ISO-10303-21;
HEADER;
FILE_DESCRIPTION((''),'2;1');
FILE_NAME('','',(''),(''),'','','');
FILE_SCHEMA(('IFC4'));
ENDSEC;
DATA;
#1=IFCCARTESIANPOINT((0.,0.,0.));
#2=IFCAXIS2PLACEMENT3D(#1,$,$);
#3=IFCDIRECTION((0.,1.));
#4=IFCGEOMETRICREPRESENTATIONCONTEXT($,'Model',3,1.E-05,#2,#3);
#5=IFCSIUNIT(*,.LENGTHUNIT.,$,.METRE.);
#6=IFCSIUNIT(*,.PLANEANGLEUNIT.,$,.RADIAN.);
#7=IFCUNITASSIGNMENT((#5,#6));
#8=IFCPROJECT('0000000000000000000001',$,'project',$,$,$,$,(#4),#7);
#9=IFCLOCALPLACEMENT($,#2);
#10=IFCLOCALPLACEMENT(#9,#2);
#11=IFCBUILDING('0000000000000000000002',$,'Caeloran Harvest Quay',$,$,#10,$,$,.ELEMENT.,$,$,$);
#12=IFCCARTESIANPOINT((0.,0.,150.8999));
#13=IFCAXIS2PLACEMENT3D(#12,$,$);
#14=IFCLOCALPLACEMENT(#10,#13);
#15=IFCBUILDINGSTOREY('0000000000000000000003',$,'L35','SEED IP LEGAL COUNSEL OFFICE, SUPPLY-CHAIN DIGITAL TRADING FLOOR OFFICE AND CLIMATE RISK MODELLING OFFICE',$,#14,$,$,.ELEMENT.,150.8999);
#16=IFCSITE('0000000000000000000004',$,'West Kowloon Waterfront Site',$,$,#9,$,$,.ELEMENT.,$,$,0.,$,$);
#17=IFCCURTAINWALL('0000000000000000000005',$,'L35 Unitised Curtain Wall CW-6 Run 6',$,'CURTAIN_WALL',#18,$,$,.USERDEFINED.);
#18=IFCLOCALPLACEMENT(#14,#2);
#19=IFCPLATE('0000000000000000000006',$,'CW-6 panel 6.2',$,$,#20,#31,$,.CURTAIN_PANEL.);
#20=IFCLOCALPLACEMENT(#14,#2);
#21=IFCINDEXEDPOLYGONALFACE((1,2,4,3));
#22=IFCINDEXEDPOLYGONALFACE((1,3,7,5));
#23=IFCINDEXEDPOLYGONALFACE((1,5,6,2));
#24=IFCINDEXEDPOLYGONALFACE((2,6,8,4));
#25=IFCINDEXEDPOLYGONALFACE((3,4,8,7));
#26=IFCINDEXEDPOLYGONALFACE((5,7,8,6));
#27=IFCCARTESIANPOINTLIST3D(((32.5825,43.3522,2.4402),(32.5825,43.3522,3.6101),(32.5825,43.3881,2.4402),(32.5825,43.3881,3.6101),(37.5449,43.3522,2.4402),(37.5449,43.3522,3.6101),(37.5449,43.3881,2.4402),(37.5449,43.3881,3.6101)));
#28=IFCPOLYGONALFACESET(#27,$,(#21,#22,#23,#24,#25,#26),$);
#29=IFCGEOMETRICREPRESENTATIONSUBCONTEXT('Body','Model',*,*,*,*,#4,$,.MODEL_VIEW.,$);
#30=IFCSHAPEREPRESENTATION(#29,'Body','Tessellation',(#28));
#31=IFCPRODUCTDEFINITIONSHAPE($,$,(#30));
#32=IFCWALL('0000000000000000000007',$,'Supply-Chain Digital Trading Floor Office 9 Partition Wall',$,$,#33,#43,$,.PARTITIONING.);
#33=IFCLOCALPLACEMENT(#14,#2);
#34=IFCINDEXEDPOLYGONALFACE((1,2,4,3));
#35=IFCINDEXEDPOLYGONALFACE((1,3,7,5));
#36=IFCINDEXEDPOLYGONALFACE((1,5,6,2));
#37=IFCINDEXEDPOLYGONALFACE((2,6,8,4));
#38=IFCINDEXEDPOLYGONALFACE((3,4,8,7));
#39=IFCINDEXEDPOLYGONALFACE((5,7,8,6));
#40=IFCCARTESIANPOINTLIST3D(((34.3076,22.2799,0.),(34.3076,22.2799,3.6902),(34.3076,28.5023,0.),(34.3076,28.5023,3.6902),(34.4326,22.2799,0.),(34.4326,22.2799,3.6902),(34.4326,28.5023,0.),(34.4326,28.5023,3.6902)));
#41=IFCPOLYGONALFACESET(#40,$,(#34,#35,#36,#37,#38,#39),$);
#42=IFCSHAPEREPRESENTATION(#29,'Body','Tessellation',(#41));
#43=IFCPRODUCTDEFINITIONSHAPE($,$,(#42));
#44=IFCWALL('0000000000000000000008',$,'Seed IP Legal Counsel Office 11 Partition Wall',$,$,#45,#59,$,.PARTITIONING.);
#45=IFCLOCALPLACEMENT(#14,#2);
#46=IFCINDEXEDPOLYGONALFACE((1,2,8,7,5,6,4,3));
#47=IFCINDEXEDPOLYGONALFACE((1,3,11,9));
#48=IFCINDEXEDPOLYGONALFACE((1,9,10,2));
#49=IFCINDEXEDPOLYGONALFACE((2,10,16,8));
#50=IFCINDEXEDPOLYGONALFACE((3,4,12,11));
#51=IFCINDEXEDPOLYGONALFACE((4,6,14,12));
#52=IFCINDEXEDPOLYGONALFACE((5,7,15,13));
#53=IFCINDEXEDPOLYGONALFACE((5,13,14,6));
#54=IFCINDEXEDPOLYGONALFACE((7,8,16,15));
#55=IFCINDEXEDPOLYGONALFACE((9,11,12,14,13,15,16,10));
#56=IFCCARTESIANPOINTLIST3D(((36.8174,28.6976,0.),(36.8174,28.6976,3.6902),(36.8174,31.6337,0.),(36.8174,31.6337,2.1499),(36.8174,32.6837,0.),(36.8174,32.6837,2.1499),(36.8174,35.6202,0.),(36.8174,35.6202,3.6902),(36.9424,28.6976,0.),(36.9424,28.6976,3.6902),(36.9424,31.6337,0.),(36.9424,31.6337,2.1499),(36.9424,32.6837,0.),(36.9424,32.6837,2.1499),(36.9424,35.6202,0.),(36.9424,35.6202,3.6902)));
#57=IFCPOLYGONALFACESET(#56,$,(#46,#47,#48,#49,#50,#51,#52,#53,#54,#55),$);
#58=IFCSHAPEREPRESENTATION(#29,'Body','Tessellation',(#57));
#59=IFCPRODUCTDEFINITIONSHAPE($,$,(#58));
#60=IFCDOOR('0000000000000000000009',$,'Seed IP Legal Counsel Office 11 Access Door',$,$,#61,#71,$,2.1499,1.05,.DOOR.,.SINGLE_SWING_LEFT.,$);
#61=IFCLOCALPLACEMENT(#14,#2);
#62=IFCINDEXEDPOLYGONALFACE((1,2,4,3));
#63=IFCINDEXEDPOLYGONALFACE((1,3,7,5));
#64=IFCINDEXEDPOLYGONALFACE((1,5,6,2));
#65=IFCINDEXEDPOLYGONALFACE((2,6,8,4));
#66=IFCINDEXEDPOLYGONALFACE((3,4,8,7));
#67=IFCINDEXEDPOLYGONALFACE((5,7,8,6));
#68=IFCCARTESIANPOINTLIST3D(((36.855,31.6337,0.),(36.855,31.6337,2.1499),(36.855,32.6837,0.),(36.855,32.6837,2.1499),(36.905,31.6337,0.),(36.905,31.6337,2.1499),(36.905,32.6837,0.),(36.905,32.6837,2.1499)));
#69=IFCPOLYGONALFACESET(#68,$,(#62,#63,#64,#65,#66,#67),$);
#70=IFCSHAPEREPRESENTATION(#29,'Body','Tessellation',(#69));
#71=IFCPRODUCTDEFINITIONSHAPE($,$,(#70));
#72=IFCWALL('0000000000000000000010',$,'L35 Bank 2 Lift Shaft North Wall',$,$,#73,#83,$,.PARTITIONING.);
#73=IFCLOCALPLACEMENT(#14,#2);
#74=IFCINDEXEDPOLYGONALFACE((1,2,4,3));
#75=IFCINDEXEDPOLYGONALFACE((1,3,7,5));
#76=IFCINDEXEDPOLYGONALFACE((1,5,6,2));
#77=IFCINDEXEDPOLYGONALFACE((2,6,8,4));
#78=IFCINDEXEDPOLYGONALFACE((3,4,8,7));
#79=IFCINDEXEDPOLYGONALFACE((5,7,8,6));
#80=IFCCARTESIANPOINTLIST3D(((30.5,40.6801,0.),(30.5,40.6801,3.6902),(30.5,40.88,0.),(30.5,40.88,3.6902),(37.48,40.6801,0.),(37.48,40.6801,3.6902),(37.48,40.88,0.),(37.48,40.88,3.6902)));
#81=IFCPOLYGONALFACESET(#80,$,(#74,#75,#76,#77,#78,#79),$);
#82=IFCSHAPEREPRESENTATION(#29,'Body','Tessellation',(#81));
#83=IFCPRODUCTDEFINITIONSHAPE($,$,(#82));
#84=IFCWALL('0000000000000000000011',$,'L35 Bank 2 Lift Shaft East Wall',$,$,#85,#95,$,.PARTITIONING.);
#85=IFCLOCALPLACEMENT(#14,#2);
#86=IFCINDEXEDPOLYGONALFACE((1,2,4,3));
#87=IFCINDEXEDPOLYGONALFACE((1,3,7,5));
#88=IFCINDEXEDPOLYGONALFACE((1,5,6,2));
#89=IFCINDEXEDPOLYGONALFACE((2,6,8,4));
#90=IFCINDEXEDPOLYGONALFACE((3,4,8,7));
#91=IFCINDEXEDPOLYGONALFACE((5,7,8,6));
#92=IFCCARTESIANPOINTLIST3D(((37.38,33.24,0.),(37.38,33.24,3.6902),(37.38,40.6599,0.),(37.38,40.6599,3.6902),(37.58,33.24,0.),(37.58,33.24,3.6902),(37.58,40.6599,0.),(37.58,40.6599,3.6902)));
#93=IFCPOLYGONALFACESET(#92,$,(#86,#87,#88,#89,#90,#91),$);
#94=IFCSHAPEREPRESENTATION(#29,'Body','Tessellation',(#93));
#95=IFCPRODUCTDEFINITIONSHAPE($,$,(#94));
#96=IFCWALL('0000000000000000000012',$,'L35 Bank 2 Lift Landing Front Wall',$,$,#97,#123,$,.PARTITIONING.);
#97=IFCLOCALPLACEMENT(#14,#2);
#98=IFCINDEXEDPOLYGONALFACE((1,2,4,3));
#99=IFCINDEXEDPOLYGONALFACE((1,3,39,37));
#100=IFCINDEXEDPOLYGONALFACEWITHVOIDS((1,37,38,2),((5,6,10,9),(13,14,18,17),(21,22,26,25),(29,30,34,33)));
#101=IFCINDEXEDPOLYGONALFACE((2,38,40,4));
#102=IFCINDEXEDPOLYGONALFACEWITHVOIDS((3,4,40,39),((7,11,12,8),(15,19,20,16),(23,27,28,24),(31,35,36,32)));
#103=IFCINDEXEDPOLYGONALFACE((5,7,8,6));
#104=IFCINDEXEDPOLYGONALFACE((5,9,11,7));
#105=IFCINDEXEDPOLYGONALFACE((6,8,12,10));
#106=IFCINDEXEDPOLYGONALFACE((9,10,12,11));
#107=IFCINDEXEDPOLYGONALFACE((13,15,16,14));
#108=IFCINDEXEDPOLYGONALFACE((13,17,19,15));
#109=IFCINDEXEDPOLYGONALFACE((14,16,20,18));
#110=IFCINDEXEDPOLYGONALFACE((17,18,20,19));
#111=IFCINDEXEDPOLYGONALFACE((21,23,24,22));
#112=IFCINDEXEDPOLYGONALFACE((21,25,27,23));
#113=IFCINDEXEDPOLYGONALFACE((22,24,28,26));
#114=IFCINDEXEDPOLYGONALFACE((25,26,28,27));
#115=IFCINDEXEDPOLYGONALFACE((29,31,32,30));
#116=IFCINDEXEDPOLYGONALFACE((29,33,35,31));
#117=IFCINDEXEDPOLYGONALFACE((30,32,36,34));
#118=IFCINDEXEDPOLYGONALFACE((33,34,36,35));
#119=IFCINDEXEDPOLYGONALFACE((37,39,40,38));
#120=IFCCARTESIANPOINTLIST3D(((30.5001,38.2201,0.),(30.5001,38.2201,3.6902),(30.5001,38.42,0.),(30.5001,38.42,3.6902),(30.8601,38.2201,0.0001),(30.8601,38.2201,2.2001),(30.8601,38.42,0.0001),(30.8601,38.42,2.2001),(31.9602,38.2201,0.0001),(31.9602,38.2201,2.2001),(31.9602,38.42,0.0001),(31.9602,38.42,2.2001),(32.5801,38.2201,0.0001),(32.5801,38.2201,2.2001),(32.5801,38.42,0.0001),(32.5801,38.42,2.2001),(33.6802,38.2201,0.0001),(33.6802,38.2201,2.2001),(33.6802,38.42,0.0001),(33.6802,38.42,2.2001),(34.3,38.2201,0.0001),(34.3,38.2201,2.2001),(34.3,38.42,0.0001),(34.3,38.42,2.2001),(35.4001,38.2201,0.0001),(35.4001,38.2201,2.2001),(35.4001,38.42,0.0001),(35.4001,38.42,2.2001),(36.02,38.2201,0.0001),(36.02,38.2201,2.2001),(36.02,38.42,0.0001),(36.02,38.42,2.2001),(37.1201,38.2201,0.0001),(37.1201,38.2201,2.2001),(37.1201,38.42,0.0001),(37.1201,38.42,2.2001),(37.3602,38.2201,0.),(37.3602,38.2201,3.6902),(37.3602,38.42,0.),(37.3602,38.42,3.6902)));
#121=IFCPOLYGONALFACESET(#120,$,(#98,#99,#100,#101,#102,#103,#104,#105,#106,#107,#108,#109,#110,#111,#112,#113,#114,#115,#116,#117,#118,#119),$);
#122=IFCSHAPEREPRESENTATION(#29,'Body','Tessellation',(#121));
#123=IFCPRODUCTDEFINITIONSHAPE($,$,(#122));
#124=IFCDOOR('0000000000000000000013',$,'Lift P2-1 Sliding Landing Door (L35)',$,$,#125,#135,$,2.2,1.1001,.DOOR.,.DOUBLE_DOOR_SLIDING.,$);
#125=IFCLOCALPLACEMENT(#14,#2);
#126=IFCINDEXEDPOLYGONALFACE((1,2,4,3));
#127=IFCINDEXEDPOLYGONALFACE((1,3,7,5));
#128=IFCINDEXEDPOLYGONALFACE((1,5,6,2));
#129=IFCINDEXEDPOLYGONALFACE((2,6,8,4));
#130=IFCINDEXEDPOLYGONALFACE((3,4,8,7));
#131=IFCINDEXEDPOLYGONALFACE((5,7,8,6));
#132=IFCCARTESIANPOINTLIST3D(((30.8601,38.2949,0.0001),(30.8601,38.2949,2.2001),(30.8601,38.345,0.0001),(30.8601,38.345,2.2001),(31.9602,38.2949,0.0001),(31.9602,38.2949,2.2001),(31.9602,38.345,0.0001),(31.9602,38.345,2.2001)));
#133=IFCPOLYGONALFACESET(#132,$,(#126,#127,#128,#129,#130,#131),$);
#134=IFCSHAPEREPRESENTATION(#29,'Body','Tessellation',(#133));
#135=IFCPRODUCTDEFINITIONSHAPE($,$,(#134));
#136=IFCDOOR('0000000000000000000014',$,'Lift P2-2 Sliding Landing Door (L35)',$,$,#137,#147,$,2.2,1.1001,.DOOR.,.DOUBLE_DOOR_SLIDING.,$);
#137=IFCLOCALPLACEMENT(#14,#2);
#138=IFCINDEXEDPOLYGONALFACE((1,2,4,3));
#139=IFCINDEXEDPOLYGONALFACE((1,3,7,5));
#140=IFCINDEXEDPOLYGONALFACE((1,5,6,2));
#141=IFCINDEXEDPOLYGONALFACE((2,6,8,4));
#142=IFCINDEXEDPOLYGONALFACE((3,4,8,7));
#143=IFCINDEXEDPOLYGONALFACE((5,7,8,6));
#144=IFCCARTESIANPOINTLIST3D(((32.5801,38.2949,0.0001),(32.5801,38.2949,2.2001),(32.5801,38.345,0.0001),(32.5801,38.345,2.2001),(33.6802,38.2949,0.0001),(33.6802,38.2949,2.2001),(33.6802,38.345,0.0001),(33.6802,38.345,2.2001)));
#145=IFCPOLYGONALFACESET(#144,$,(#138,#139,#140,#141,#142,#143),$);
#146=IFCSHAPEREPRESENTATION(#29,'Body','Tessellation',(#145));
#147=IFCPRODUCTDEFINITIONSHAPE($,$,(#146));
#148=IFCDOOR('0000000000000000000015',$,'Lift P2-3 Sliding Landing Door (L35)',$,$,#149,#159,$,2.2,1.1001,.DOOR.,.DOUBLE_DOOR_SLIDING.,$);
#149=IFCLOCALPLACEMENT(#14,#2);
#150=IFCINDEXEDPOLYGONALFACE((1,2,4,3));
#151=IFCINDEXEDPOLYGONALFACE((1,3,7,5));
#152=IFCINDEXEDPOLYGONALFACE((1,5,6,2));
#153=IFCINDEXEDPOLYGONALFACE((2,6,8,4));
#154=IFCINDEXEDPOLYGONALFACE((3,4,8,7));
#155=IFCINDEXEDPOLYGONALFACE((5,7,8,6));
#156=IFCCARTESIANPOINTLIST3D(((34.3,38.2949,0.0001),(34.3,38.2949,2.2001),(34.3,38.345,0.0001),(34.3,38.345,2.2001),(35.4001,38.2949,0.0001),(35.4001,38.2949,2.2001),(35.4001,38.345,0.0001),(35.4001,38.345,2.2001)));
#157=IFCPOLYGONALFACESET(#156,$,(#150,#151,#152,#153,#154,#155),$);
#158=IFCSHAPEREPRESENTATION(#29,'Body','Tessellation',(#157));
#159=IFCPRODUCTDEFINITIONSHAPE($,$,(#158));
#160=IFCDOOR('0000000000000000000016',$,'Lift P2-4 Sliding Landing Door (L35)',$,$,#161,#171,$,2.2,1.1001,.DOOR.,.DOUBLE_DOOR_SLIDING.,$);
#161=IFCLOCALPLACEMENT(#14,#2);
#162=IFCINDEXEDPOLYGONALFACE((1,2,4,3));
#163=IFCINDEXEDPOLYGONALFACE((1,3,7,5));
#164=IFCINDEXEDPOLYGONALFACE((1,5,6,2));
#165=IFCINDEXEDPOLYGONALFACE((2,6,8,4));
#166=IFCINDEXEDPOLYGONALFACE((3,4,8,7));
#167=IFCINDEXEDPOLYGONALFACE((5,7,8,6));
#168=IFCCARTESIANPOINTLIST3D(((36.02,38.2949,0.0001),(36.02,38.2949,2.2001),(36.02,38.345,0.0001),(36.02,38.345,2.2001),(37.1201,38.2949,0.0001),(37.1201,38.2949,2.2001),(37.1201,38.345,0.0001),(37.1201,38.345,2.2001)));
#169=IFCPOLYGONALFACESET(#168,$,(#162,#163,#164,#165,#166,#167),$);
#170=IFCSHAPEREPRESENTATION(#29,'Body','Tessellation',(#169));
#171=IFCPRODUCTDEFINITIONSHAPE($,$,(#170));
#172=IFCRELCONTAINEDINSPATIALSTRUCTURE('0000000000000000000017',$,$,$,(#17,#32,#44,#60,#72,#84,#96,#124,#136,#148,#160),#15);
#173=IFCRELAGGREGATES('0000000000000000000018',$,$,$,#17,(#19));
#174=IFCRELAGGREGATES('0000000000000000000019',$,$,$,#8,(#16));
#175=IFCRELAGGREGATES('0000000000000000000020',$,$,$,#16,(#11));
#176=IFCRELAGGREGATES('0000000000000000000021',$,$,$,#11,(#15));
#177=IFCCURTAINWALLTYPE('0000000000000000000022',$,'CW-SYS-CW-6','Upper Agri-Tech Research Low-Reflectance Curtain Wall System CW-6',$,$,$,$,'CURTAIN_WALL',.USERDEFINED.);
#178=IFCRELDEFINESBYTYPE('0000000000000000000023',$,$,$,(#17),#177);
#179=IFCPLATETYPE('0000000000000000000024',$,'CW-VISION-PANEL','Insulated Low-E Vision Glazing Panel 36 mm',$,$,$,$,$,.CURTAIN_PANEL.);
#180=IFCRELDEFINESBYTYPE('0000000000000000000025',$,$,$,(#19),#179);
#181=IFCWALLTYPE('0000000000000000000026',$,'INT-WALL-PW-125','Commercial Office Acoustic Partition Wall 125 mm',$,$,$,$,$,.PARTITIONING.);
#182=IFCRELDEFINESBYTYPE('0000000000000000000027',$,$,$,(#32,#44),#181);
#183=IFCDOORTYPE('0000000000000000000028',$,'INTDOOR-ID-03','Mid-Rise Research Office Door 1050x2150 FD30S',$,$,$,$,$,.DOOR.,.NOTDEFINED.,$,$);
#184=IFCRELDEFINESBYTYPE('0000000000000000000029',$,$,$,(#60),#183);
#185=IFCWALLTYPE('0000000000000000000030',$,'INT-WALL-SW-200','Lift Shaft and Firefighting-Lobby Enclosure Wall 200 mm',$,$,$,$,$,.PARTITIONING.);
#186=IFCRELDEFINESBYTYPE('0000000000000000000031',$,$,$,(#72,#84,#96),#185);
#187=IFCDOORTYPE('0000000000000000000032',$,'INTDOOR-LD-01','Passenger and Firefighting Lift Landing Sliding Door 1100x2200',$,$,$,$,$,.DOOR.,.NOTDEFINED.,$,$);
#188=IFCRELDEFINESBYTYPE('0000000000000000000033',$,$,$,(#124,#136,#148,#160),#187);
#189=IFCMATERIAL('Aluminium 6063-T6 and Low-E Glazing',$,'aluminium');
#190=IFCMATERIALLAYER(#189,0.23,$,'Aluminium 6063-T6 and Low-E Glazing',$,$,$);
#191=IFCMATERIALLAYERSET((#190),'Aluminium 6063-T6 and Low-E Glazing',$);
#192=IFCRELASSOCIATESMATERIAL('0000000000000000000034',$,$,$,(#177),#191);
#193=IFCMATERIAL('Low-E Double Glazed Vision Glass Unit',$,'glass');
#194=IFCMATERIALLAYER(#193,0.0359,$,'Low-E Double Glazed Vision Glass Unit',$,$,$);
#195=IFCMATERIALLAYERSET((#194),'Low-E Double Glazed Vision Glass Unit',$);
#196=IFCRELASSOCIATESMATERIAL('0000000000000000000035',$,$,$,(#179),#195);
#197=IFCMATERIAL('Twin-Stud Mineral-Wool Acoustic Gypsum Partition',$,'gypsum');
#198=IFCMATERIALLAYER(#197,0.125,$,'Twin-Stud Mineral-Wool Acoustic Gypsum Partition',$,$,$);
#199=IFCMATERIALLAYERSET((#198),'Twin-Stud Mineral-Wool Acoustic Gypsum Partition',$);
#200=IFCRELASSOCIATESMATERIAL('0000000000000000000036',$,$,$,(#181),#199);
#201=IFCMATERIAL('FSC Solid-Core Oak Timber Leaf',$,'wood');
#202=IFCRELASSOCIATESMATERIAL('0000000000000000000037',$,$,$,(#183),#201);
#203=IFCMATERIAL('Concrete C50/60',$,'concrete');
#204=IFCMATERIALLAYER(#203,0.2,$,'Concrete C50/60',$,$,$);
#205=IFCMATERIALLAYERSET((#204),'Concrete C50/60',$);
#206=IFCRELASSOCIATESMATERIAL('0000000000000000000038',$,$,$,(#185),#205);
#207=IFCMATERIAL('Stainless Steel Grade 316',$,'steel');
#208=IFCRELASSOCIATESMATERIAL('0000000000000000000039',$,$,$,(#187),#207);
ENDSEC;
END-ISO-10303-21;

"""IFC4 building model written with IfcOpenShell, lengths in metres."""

from ifc_helpers import new_model, si_unit, direction, frame, frame_2d, origin, origin_2d, place, context, subcontext, project, spatial, rectangle, extrude, material, layer, layer_set, type_object, element, fill, aggregate, save


model = new_model("IFC4")

# Units and contexts
model_context = context("Model", 3, precision=1e-05, world=origin(), true_north=direction((0.0, 1.0)))
body_context = subcontext(model_context, "Body", "Model", "MODEL_VIEW")
ifc_project = project(units=[si_unit("LENGTHUNIT", "METRE"), si_unit("PLANEANGLEUNIT", "RADIAN")], contexts=[model_context])

# Site, building, storey
site_placement = place(None, origin())
site = spatial("IfcSite", under=ifc_project, at=site_placement, Name="West Kowloon Waterfront Site", CompositionType="ELEMENT", RefElevation=0.0)
building_placement = place(site_placement, origin())
building = spatial("IfcBuilding", under=site, at=building_placement, Name="Caeloran Harvest Quay", CompositionType="ELEMENT")
storey_placement = place(building_placement, frame((0.0, 0.0, 150.8999)))
storey = spatial("IfcBuildingStorey", under=building, at=storey_placement, Name="L35", Description="SEED IP LEGAL COUNSEL OFFICE, SUPPLY-CHAIN DIGITAL TRADING FLOOR OFFICE AND CLIMATE RISK MODELLING OFFICE", CompositionType="ELEMENT", Elevation=150.8999)

# Curtain wall, plate
ifc_material_1 = material(Name="Aluminium 6063-T6 and Low-E Glazing", Category="aluminium")
ifc_layer_1 = layer(ifc_material_1, 0.23, Name="Aluminium 6063-T6 and Low-E Glazing")
ifc_layer_set_1 = layer_set([ifc_layer_1], Name="Aluminium 6063-T6 and Low-E Glazing")
curtain_wall_type = type_object("IfcCurtainWallType", Name="CW-SYS-CW-6", Description="Upper Agri-Tech Research Low-Reflectance Curtain Wall System CW-6", ElementType="CURTAIN_WALL", PredefinedType="USERDEFINED", material=ifc_layer_set_1)
curtain_wall_placement = place(storey_placement, origin())
curtain_wall = element("IfcCurtainWall", 1, at=curtain_wall_placement, inside=storey, type_object=curtain_wall_type, Name="L35 Unitised Curtain Wall CW-6 Run 6", ObjectType="CURTAIN_WALL", PredefinedType="USERDEFINED")
ifc_material_2 = material(Name="Low-E Double Glazed Vision Glass Unit", Category="glass")
ifc_layer_2 = layer(ifc_material_2, 0.0359, Name="Low-E Double Glazed Vision Glass Unit")
ifc_layer_set_2 = layer_set([ifc_layer_2], Name="Low-E Double Glazed Vision Glass Unit")
plate_type = type_object("IfcPlateType", Name="CW-VISION-PANEL", Description="Insulated Low-E Vision Glazing Panel 36 mm", PredefinedType="CURTAIN_PANEL", material=ifc_layer_set_2)
plate_1_placement = place(storey_placement, frame((35.0637, 43.3701, 2.4402), z_axis=(0.0, 0.0, 1.0), x_axis=(1.0, 0.0, 0.0)))
plate_1 = element("IfcPlate", 2, at=plate_1_placement, type_object=plate_type, Name="CW-6 panel 6.2", PredefinedType="CURTAIN_PANEL", context=body_context, shape_type="SweptSolid", body=[
    extrude(rectangle(XDim=4.9624, YDim=0.0359, at=origin_2d()), origin(), (0.0, 0.0, 1.0), 1.1699),
])
aggregate(curtain_wall, [plate_1])

# Wall
ifc_material_3 = material(Name="Twin-Stud Mineral-Wool Acoustic Gypsum Partition", Category="gypsum")
ifc_layer_3 = layer(ifc_material_3, 0.125, Name="Twin-Stud Mineral-Wool Acoustic Gypsum Partition")
ifc_layer_set_3 = layer_set([ifc_layer_3], Name="Twin-Stud Mineral-Wool Acoustic Gypsum Partition")
wall_type_1 = type_object("IfcWallType", Name="INT-WALL-PW-125", Description="Commercial Office Acoustic Partition Wall 125 mm", PredefinedType="PARTITIONING", material=ifc_layer_set_3)
wall_1_placement = place(storey_placement, frame((34.3701, 28.5024, 0.0), z_axis=(0.0, 0.0, 1.0), x_axis=(0.0, -1.0, 0.0)))
element("IfcWall", 3, at=wall_1_placement, inside=storey, type_object=wall_type_1, Name="Supply-Chain Digital Trading Floor Office 9 Partition Wall", PredefinedType="PARTITIONING", context=body_context, shape_type="SweptSolid", body=[
    extrude(rectangle(XDim=6.2224, YDim=0.125, at=frame_2d((3.1113, 0.0))), origin(), (0.0, 0.0, 1.0), 3.6902),
])

# Wall, opening, door
wall_2_placement = place(storey_placement, frame((36.8799, 28.6975, 0.0), z_axis=(0.0, 0.0, 1.0), x_axis=(0.0, 1.0, 0.0)))
wall_2 = element("IfcWall", 4, at=wall_2_placement, inside=storey, type_object=wall_type_1, Name="Seed IP Legal Counsel Office 11 Partition Wall", PredefinedType="PARTITIONING", context=body_context, shape_type="SweptSolid", body=[
    extrude(rectangle(XDim=6.9226, YDim=0.125, at=frame_2d((3.4614, 0.0))), origin(), (0.0, 0.0, 1.0), 3.6902),
])
opening_1_placement = place(wall_2_placement, frame((2.9363, 0.0, 0.0)))
opening_1 = element("IfcOpeningElement", 5, at=opening_1_placement, cuts=wall_2, PredefinedType="OPENING", context=body_context, shape_type="SweptSolid", body=[
    extrude(rectangle(XDim=1.05, YDim=2.1499, at=frame_2d((0.5249, 1.075))), frame((0.0, 0.0725, 0.0), z_axis=(0.0, -1.0, 0.0), x_axis=(1.0, 0.0, 0.0)), (0.0, 0.0, 1.0), 0.145),
])
ifc_material_4 = material(Name="FSC Solid-Core Oak Timber Leaf", Category="wood")
door_type_1 = type_object("IfcDoorType", Name="INTDOOR-ID-03", Description="Mid-Rise Research Office Door 1050x2150 FD30S", OperationType="NOTDEFINED", PredefinedType="DOOR", material=ifc_material_4)
door_1_placement = place(opening_1_placement, origin())
door_1 = element("IfcDoor", 6, at=door_1_placement, inside=storey, type_object=door_type_1, Name="Seed IP Legal Counsel Office 11 Access Door", OperationType="SINGLE_SWING_LEFT", OverallHeight=2.1499, OverallWidth=1.05, PredefinedType="DOOR", context=body_context, shape_type="SweptSolid", body=[
    extrude(rectangle(XDim=1.05, YDim=2.1499, at=frame_2d((0.5249, 1.075))), frame((0.0, 0.0249, 0.0), z_axis=(0.0, -1.0, 0.0), x_axis=(1.0, 0.0, 0.0)), (0.0, 0.0, 1.0), 0.05),
])
fill(opening_1, door_1)

# Walls
ifc_material_5 = material(Name="Concrete C50/60", Category="concrete")
ifc_layer_4 = layer(ifc_material_5, 0.2, Name="Concrete C50/60")
ifc_layer_set_4 = layer_set([ifc_layer_4], Name="Concrete C50/60")
wall_type_2 = type_object("IfcWallType", Name="INT-WALL-SW-200", Description="Lift Shaft and Firefighting-Lobby Enclosure Wall 200 mm", PredefinedType="PARTITIONING", material=ifc_layer_set_4)
wall_3_placement = place(storey_placement, frame((30.5, 40.78, 0.0), z_axis=(0.0, 0.0, 1.0), x_axis=(1.0, 0.0, 0.0)))
element("IfcWall", 7, at=wall_3_placement, inside=storey, type_object=wall_type_2, Name="L35 Bank 2 Lift Shaft North Wall", PredefinedType="PARTITIONING", context=body_context, shape_type="SweptSolid", body=[
    extrude(rectangle(XDim=6.98, YDim=0.2, at=frame_2d((3.49, 0.0))), origin(), (0.0, 0.0, 1.0), 3.6902),
])
wall_4_placement = place(storey_placement, frame((37.48, 33.24, 0.0), z_axis=(0.0, 0.0, 1.0), x_axis=(0.0, 1.0, 0.0)))
element("IfcWall", 8, at=wall_4_placement, inside=storey, type_object=wall_type_2, Name="L35 Bank 2 Lift Shaft East Wall", PredefinedType="PARTITIONING", context=body_context, shape_type="SweptSolid", body=[
    extrude(rectangle(XDim=7.4199, YDim=0.2, at=frame_2d((3.71, 0.0))), origin(), (0.0, 0.0, 1.0), 3.6902),
])

# Wall, openings, doors
wall_5_placement = place(storey_placement, frame((30.5, 38.3201, 0.0), z_axis=(0.0, 0.0, 1.0), x_axis=(1.0, 0.0, 0.0)))
wall_5 = element("IfcWall", 9, at=wall_5_placement, inside=storey, type_object=wall_type_2, Name="L35 Bank 2 Lift Landing Front Wall", PredefinedType="PARTITIONING", context=body_context, shape_type="SweptSolid", body=[
    extrude(rectangle(XDim=6.8601, YDim=0.2, at=frame_2d((3.4302, 0.0))), origin(), (0.0, 0.0, 1.0), 3.6902),
])
opening_2_placement = place(wall_5_placement, frame((0.3601, 0.0, 0.0)))
opening_2 = element("IfcOpeningElement", 10, at=opening_2_placement, cuts=wall_5, PredefinedType="OPENING", context=body_context, shape_type="SweptSolid", body=[
    extrude(rectangle(XDim=1.1001, YDim=2.2, at=frame_2d((0.55, 1.1001))), frame((0.0, 0.1099, 0.0), z_axis=(0.0, -1.0, 0.0), x_axis=(1.0, 0.0, 0.0)), (0.0, 0.0, 1.0), 0.22),
])
opening_3_placement = place(wall_5_placement, frame((2.0801, 0.0, 0.0)))
opening_3 = element("IfcOpeningElement", 11, at=opening_3_placement, cuts=wall_5, PredefinedType="OPENING", context=body_context, shape_type="SweptSolid", body=[
    extrude(rectangle(XDim=1.1001, YDim=2.2, at=frame_2d((0.55, 1.1001))), frame((0.0, 0.1099, 0.0), z_axis=(0.0, -1.0, 0.0), x_axis=(1.0, 0.0, 0.0)), (0.0, 0.0, 1.0), 0.22),
])
opening_4_placement = place(wall_5_placement, frame((3.8, 0.0, 0.0)))
opening_4 = element("IfcOpeningElement", 12, at=opening_4_placement, cuts=wall_5, PredefinedType="OPENING", context=body_context, shape_type="SweptSolid", body=[
    extrude(rectangle(XDim=1.1001, YDim=2.2, at=frame_2d((0.55, 1.1001))), frame((0.0, 0.1099, 0.0), z_axis=(0.0, -1.0, 0.0), x_axis=(1.0, 0.0, 0.0)), (0.0, 0.0, 1.0), 0.22),
])
opening_5_placement = place(wall_5_placement, frame((5.52, 0.0, 0.0)))
opening_5 = element("IfcOpeningElement", 13, at=opening_5_placement, cuts=wall_5, PredefinedType="OPENING", context=body_context, shape_type="SweptSolid", body=[
    extrude(rectangle(XDim=1.1001, YDim=2.2, at=frame_2d((0.55, 1.1001))), frame((0.0, 0.1099, 0.0), z_axis=(0.0, -1.0, 0.0), x_axis=(1.0, 0.0, 0.0)), (0.0, 0.0, 1.0), 0.22),
])
ifc_material_6 = material(Name="Stainless Steel Grade 316", Category="steel")
door_type_2 = type_object("IfcDoorType", Name="INTDOOR-LD-01", Description="Passenger and Firefighting Lift Landing Sliding Door 1100x2200", OperationType="NOTDEFINED", PredefinedType="DOOR", material=ifc_material_6)
door_2_placement = place(opening_2_placement, origin())
door_2 = element("IfcDoor", 14, at=door_2_placement, inside=storey, type_object=door_type_2, Name="Lift P2-1 Sliding Landing Door (L35)", OperationType="DOUBLE_DOOR_SLIDING", OverallHeight=2.2, OverallWidth=1.1001, PredefinedType="DOOR", context=body_context, shape_type="SweptSolid", body=[
    extrude(rectangle(XDim=1.1001, YDim=2.2, at=frame_2d((0.55, 1.1001))), frame((0.0, 0.0249, 0.0), z_axis=(0.0, -1.0, 0.0), x_axis=(1.0, 0.0, 0.0)), (0.0, 0.0, 1.0), 0.05),
])
fill(opening_2, door_2)
door_3_placement = place(opening_3_placement, origin())
door_3 = element("IfcDoor", 15, at=door_3_placement, inside=storey, type_object=door_type_2, Name="Lift P2-2 Sliding Landing Door (L35)", OperationType="DOUBLE_DOOR_SLIDING", OverallHeight=2.2, OverallWidth=1.1001, PredefinedType="DOOR", context=body_context, shape_type="SweptSolid", body=[
    extrude(rectangle(XDim=1.1001, YDim=2.2, at=frame_2d((0.55, 1.1001))), frame((0.0, 0.0249, 0.0), z_axis=(0.0, -1.0, 0.0), x_axis=(1.0, 0.0, 0.0)), (0.0, 0.0, 1.0), 0.05),
])
fill(opening_3, door_3)
door_4_placement = place(opening_4_placement, origin())
door_4 = element("IfcDoor", 16, at=door_4_placement, inside=storey, type_object=door_type_2, Name="Lift P2-3 Sliding Landing Door (L35)", OperationType="DOUBLE_DOOR_SLIDING", OverallHeight=2.2, OverallWidth=1.1001, PredefinedType="DOOR", context=body_context, shape_type="SweptSolid", body=[
    extrude(rectangle(XDim=1.1001, YDim=2.2, at=frame_2d((0.55, 1.1001))), frame((0.0, 0.0249, 0.0), z_axis=(0.0, -1.0, 0.0), x_axis=(1.0, 0.0, 0.0)), (0.0, 0.0, 1.0), 0.05),
])
fill(opening_4, door_4)
door_5_placement = place(opening_5_placement, origin())
door_5 = element("IfcDoor", 17, at=door_5_placement, inside=storey, type_object=door_type_2, Name="Lift P2-4 Sliding Landing Door (L35)", OperationType="DOUBLE_DOOR_SLIDING", OverallHeight=2.2, OverallWidth=1.1001, PredefinedType="DOOR", context=body_context, shape_type="SweptSolid", body=[
    extrude(rectangle(XDim=1.1001, YDim=2.2, at=frame_2d((0.55, 1.1001))), frame((0.0, 0.0249, 0.0), z_axis=(0.0, -1.0, 0.0), x_axis=(1.0, 0.0, 0.0)), (0.0, 0.0, 1.0), 0.05),
])
fill(opening_5, door_5)

save(model, "model.ifc")
